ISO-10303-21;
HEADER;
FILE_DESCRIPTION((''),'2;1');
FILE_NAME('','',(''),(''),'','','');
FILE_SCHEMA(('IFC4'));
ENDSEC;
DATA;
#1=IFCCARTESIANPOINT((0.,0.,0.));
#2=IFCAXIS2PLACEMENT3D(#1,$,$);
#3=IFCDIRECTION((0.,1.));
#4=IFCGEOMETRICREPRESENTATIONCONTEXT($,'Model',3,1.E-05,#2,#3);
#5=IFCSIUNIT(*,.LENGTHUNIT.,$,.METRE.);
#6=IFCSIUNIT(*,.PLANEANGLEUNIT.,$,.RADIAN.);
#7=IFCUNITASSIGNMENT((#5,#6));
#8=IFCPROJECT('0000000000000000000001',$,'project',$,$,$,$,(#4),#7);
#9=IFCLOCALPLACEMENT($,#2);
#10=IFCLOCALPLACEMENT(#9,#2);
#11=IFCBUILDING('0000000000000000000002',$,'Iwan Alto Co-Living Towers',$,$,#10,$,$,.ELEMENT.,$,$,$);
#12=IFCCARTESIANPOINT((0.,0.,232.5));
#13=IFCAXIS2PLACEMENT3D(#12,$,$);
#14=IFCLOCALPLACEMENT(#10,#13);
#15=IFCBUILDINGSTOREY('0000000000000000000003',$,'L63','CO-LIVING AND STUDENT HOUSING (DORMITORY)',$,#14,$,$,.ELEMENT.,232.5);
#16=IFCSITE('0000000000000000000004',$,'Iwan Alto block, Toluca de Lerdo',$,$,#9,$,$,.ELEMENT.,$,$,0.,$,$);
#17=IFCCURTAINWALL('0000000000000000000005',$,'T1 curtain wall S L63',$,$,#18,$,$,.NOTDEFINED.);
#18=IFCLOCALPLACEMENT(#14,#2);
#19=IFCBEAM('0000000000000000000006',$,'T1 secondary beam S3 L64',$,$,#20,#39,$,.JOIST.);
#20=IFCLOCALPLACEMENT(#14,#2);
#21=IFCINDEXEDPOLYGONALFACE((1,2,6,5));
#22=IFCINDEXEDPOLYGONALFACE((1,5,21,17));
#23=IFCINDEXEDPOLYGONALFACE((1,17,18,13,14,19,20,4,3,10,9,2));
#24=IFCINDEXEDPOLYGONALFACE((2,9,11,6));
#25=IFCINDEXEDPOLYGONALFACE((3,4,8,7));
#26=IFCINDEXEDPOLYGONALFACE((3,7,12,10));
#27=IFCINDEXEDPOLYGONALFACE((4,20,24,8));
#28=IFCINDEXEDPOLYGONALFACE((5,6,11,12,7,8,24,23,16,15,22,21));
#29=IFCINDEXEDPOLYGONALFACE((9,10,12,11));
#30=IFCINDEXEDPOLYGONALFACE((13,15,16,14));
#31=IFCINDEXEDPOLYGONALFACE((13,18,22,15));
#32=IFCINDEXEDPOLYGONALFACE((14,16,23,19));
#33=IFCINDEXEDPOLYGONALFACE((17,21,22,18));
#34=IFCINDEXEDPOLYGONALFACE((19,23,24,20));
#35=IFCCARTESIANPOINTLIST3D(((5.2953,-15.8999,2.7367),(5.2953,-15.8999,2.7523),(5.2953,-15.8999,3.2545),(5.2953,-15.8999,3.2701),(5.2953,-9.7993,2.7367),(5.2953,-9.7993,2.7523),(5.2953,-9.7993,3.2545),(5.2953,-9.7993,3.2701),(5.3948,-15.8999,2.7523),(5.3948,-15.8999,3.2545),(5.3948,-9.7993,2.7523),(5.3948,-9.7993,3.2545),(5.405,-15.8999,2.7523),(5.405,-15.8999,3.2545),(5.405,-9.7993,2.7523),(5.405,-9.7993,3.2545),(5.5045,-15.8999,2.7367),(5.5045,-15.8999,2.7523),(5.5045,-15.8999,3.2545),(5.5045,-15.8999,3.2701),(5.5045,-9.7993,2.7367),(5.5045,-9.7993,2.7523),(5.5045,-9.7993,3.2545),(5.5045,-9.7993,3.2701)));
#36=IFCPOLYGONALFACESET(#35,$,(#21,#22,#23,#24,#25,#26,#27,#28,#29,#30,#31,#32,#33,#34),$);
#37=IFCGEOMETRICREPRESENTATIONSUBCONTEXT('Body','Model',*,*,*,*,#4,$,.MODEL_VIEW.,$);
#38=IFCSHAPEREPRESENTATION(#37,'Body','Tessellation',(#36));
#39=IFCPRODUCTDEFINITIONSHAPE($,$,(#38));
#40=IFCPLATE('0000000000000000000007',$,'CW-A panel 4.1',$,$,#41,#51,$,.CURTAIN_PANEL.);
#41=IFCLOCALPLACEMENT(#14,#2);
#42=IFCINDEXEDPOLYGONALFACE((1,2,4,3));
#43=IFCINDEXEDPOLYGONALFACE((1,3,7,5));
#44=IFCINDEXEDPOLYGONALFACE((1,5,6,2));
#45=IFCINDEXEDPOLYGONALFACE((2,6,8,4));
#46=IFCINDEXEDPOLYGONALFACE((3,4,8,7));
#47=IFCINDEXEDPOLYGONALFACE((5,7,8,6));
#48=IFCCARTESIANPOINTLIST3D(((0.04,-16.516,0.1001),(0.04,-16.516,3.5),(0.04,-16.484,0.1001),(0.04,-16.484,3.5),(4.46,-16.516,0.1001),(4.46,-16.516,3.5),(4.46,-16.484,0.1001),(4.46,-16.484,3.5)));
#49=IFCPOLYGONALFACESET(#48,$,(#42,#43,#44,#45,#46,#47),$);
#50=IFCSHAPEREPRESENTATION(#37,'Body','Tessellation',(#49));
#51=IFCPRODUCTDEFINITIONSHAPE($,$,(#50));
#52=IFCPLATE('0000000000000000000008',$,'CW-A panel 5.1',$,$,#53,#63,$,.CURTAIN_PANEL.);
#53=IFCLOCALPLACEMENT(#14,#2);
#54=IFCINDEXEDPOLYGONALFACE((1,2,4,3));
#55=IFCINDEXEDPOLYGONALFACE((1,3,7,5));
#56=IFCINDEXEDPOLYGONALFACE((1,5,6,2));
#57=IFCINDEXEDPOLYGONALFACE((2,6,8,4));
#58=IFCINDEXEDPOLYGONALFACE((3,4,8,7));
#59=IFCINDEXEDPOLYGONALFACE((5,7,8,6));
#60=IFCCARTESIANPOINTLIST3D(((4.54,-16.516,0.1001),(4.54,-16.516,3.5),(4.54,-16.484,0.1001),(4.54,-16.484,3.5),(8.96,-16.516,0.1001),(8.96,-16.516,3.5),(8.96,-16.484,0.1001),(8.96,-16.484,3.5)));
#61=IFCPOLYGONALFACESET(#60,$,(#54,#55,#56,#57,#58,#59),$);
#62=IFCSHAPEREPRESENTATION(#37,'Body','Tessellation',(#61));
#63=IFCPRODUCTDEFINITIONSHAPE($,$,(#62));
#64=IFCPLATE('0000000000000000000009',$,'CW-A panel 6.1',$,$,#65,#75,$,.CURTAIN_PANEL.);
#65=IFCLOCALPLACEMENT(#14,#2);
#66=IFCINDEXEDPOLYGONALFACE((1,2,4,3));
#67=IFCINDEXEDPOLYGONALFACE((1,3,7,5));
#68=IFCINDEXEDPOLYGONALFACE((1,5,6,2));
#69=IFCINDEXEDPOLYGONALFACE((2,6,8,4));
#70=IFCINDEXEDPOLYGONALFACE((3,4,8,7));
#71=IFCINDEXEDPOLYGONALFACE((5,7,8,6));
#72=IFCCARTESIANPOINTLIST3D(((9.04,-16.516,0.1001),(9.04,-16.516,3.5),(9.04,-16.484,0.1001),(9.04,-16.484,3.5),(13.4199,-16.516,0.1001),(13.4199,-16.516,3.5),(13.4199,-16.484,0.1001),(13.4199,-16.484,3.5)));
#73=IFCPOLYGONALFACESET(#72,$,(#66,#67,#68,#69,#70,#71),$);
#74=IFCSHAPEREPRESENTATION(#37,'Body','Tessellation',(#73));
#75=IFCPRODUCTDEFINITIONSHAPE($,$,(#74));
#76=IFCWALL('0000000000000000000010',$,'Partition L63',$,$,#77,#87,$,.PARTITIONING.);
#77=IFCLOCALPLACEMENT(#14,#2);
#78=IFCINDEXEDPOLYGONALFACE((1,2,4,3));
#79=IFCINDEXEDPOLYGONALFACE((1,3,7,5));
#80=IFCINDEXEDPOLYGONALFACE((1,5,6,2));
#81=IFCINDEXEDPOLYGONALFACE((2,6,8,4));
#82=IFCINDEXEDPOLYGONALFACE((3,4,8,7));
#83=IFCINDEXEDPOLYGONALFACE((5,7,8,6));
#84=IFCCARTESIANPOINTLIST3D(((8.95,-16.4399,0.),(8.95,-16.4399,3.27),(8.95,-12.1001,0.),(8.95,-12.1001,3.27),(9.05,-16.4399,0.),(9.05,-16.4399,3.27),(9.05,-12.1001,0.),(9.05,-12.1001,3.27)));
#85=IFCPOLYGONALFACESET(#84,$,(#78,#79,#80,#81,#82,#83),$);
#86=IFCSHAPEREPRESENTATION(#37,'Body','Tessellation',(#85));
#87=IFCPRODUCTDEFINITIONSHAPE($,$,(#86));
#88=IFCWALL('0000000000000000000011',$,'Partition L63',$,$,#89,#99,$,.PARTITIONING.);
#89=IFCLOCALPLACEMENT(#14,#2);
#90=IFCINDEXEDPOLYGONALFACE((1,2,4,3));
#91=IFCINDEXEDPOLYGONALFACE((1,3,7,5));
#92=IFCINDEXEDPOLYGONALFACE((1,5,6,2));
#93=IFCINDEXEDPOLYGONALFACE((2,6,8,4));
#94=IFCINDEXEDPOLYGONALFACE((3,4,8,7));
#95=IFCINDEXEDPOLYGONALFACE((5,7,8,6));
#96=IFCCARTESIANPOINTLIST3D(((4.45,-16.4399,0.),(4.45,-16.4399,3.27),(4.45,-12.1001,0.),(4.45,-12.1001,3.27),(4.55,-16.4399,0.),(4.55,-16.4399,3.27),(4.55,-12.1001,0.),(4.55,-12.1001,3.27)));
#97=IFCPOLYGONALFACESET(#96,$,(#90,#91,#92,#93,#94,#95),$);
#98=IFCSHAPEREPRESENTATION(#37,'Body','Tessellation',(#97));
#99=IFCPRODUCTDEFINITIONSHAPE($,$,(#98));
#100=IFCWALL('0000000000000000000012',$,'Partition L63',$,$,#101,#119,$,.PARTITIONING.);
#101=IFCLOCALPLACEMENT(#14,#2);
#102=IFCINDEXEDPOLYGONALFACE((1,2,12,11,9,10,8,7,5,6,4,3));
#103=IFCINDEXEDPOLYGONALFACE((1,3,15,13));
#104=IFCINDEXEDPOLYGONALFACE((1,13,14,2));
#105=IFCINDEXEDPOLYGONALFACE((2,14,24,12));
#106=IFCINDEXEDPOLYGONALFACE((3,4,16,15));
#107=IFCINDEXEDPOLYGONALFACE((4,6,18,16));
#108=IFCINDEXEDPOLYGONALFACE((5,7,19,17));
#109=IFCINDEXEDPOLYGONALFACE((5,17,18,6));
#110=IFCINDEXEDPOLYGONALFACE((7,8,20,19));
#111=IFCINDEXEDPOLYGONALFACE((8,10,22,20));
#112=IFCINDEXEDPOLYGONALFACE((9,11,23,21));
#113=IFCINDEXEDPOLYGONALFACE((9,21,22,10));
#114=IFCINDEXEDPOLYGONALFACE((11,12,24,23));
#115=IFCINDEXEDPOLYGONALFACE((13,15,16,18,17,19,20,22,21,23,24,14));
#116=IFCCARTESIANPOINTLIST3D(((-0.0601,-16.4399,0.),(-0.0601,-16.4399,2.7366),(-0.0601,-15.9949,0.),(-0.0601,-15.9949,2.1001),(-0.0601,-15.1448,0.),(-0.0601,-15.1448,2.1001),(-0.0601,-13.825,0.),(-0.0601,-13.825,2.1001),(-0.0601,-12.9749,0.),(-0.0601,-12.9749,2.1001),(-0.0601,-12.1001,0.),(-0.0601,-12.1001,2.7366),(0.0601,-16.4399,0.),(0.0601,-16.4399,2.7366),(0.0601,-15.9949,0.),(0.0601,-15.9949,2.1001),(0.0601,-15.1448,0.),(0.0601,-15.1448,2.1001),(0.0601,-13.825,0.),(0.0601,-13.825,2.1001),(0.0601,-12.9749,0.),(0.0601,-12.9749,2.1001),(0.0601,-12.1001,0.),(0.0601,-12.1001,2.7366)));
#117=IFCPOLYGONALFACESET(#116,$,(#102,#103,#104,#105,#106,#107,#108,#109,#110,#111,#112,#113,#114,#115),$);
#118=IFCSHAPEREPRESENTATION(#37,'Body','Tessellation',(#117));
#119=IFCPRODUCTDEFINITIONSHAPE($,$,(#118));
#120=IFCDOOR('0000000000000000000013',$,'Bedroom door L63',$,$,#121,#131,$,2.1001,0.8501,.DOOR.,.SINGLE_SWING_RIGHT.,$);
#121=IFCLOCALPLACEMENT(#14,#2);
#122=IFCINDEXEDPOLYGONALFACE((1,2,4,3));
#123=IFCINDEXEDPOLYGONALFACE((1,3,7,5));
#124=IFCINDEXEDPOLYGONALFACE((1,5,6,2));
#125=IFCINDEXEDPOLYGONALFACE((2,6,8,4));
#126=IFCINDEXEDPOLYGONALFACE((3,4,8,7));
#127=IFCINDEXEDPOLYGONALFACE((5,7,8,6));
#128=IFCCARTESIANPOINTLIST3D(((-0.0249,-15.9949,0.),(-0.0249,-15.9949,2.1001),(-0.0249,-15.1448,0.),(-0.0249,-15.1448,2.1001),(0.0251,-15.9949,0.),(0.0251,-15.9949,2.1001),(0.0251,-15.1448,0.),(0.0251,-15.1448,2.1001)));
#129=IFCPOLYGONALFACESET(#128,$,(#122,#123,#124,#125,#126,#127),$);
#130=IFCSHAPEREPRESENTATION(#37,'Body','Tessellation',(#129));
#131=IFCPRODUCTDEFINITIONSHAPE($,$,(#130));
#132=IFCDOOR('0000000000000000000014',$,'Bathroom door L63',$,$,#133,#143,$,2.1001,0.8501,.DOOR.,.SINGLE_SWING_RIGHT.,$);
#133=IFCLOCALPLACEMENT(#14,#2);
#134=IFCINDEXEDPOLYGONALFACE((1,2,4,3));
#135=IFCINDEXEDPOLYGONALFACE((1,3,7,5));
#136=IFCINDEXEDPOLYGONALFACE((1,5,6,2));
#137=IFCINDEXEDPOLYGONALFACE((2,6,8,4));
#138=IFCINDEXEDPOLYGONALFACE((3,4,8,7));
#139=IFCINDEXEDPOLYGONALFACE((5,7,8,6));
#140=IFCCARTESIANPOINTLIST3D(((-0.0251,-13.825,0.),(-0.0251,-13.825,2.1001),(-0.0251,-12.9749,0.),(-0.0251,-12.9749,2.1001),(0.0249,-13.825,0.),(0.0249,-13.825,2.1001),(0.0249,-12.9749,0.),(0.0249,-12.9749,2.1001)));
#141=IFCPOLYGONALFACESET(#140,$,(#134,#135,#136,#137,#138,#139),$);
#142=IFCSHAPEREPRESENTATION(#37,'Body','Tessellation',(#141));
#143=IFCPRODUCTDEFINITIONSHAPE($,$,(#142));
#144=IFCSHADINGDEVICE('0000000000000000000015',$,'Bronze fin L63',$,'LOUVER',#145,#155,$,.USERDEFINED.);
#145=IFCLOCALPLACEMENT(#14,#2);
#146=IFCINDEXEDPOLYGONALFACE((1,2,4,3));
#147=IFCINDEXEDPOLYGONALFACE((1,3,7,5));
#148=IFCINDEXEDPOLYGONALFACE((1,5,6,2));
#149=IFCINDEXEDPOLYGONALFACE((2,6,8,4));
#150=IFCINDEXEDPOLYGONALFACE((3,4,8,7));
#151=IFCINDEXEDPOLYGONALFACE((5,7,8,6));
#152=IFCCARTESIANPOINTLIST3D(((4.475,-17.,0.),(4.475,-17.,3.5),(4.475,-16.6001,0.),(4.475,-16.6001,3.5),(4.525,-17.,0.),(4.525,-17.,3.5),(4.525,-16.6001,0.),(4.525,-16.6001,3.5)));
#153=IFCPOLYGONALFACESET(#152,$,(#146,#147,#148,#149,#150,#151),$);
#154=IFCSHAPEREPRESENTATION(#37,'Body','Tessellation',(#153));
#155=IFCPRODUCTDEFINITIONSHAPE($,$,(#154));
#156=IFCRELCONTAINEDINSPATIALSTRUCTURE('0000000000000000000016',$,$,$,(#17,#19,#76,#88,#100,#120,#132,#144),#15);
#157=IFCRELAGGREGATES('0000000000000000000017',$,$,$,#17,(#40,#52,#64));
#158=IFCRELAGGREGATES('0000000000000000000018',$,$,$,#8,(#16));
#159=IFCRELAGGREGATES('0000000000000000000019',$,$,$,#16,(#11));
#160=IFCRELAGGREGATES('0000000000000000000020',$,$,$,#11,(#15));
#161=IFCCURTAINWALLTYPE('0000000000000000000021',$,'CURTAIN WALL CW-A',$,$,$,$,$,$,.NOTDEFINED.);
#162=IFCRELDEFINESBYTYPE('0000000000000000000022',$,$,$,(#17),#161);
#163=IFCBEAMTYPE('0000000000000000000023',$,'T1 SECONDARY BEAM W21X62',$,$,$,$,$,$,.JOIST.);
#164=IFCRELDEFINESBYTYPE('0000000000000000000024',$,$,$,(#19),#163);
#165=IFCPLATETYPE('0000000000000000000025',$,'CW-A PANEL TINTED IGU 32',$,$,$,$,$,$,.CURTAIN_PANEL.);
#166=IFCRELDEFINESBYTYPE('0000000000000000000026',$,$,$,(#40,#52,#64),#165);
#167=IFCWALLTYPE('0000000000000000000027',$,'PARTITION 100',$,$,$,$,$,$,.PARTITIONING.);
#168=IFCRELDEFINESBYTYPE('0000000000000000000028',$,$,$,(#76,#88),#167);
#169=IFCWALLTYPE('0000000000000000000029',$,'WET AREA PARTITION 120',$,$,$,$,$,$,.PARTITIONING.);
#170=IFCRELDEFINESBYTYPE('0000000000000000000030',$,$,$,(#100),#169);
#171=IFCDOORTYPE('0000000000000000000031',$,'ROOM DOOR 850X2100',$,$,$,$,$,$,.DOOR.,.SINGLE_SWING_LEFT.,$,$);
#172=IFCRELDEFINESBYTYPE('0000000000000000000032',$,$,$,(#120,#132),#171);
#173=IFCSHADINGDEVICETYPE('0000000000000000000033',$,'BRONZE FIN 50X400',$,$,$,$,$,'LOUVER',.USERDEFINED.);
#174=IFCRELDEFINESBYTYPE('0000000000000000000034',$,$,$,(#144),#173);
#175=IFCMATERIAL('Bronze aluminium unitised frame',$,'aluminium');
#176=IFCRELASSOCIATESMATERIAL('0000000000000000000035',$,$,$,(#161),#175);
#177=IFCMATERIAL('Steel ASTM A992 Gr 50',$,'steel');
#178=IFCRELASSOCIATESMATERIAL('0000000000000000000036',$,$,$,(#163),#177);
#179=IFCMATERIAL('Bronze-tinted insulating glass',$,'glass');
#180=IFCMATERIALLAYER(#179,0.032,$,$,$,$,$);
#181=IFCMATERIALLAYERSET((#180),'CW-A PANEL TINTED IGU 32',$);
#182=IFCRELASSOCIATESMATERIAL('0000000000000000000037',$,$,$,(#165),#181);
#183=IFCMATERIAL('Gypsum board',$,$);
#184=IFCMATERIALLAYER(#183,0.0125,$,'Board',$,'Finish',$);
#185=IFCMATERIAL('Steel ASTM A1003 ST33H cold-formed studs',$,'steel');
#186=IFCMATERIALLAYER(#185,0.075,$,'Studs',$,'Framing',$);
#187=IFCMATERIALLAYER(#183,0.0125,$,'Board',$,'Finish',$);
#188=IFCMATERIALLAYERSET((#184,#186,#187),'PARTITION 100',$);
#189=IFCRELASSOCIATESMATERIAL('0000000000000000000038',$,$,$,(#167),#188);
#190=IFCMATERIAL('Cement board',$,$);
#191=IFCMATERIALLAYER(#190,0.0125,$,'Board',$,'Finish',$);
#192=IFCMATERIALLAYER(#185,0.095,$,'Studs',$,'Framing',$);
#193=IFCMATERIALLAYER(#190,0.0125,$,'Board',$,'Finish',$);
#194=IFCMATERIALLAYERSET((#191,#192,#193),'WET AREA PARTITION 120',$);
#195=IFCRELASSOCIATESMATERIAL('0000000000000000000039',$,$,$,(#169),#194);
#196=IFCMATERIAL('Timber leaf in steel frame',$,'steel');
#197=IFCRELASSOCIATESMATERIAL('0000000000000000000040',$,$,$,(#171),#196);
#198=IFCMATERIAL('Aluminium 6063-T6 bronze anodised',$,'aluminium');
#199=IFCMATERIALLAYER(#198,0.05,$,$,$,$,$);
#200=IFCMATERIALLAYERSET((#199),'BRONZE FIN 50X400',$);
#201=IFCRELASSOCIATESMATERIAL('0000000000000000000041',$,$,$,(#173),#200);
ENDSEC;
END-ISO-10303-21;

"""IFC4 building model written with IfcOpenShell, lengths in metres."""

from ifc_helpers import new_model, si_unit, direction, frame, frame_2d, origin, origin_2d, place, context, subcontext, project, spatial, rectangle, i_section, extrude, material, layer, layer_set, material_profile, profile_set, type_object, element, fill, aggregate, save


model = new_model("IFC4")

# Units and contexts
model_context = context("Model", 3, precision=1e-05, world=origin(), true_north=direction((0.0, 1.0)))
body_context = subcontext(model_context, "Body", "Model", "MODEL_VIEW")
ifc_project = project(units=[si_unit("LENGTHUNIT", "METRE"), si_unit("PLANEANGLEUNIT", "RADIAN")], contexts=[model_context])

# Site, building, storey
site_placement = place(None, origin())
site = spatial("IfcSite", under=ifc_project, at=site_placement, Name="Iwan Alto block, Toluca de Lerdo", CompositionType="ELEMENT", RefElevation=0.0)
building_placement = place(site_placement, origin())
building = spatial("IfcBuilding", under=site, at=building_placement, Name="Iwan Alto Co-Living Towers", CompositionType="ELEMENT")
storey_placement = place(building_placement, frame((0.0, 0.0, 232.5)))
storey = spatial("IfcBuildingStorey", under=building, at=storey_placement, Name="L63", Description="CO-LIVING AND STUDENT HOUSING (DORMITORY)", CompositionType="ELEMENT", Elevation=232.5)

# Curtain wall
ifc_material_1 = material(Name="Bronze aluminium unitised frame", Category="aluminium")
curtain_wall_type = type_object("IfcCurtainWallType", Name="CURTAIN WALL CW-A", PredefinedType="NOTDEFINED", material=ifc_material_1)
curtain_wall_placement = place(storey_placement, origin())
curtain_wall = element("IfcCurtainWall", 1, at=curtain_wall_placement, inside=storey, type_object=curtain_wall_type, Name="T1 curtain wall S L63", PredefinedType="NOTDEFINED")

# Beam
ifc_material_2 = material(Name="Steel ASTM A992 Gr 50", Category="steel")
ifc_material_profile_1 = material_profile(ifc_material_2, i_section(OverallWidth=0.2092, OverallDepth=0.5334, WebThickness=0.0103, FlangeThickness=0.0156, at=origin_2d()), Name="W21X62")
ifc_profile_set_1 = profile_set([ifc_material_profile_1], Name="Steel ASTM A992 Gr 50")
beam_type_1 = type_object("IfcBeamType", Name="T1 SECONDARY BEAM W21X62", PredefinedType="JOIST", material=ifc_profile_set_1)
for number, where, z_axis, x_axis, name in (
    (2, (5.3999, -15.8999, 3.0034), (0.0, 1.0, 0.0), (-1.0, 0.0, 0.0), "T1 secondary beam S3 L64"),
):
    element("IfcBeam", number, at=place(storey_placement, frame(where, z_axis=z_axis, x_axis=x_axis)), inside=storey, type_object=beam_type_1, Name=name, PredefinedType="JOIST", context=body_context, shape_type="SweptSolid", body=[
        extrude(i_section(OverallWidth=0.2092, OverallDepth=0.5334, WebThickness=0.0103, FlangeThickness=0.0156, at=origin_2d()), origin(), (0.0, 0.0, 1.0), 6.1006),
    ])

# Plates
ifc_material_3 = material(Name="Bronze-tinted insulating glass", Category="glass")
ifc_layer_1 = layer(ifc_material_3, 0.032)
ifc_layer_set_1 = layer_set([ifc_layer_1], Name="CW-A PANEL TINTED IGU 32")
plate_type = type_object("IfcPlateType", Name="CW-A PANEL TINTED IGU 32", PredefinedType="CURTAIN_PANEL", material=ifc_layer_set_1)
plate_1_placement = place(storey_placement, frame((2.25, -16.5, 0.1001), z_axis=(0.0, 0.0, 1.0), x_axis=(1.0, 0.0, 0.0)))
plate_1 = element("IfcPlate", 3, at=plate_1_placement, type_object=plate_type, Name="CW-A panel 4.1", PredefinedType="CURTAIN_PANEL", context=body_context, shape_type="SweptSolid", body=[
    extrude(rectangle(XDim=4.4199, YDim=0.032, at=origin_2d()), origin(), (0.0, 0.0, 1.0), 3.3999),
])
plate_2_placement = place(storey_placement, frame((6.75, -16.5, 0.1001), z_axis=(0.0, 0.0, 1.0), x_axis=(1.0, 0.0, 0.0)))
plate_2 = element("IfcPlate", 4, at=plate_2_placement, type_object=plate_type, Name="CW-A panel 5.1", PredefinedType="CURTAIN_PANEL", context=body_context, shape_type="SweptSolid", body=[
    extrude(rectangle(XDim=4.4199, YDim=0.032, at=origin_2d()), origin(), (0.0, 0.0, 1.0), 3.3999),
])
plate_3_placement = place(storey_placement, frame((11.23, -16.5, 0.1001), z_axis=(0.0, 0.0, 1.0), x_axis=(1.0, 0.0, 0.0)))
plate_3 = element("IfcPlate", 5, at=plate_3_placement, type_object=plate_type, Name="CW-A panel 6.1", PredefinedType="CURTAIN_PANEL", context=body_context, shape_type="SweptSolid", body=[
    extrude(rectangle(XDim=4.3799, YDim=0.032, at=origin_2d()), origin(), (0.0, 0.0, 1.0), 3.3999),
])
aggregate(curtain_wall, [plate_1, plate_2, plate_3])

# Walls
ifc_material_4 = material(Name="Gypsum board")
ifc_layer_2 = layer(ifc_material_4, 0.0125, Name="Board", Category="Finish")
ifc_material_5 = material(Name="Steel ASTM A1003 ST33H cold-formed studs", Category="steel")
ifc_layer_3 = layer(ifc_material_5, 0.075, Name="Studs", Category="Framing")
ifc_layer_4 = layer(ifc_material_4, 0.0125, Name="Board", Category="Finish")
ifc_layer_set_2 = layer_set([ifc_layer_2, ifc_layer_3, ifc_layer_4], Name="PARTITION 100")
wall_type_1 = type_object("IfcWallType", Name="PARTITION 100", PredefinedType="PARTITIONING", material=ifc_layer_set_2)
for number, where, z_axis, x_axis, name in (
    (6, (9.0, -16.4399, 0.0), (0.0, 0.0, 1.0), (0.0, 1.0, 0.0), "Partition L63"),
    (7, (4.5, -16.4399, 0.0), (0.0, 0.0, 1.0), (0.0, 1.0, 0.0), "Partition L63"),
):
    element("IfcWall", number, at=place(storey_placement, frame(where, z_axis=z_axis, x_axis=x_axis)), inside=storey, type_object=wall_type_1, Name=name, PredefinedType="PARTITIONING", context=body_context, shape_type="SweptSolid", body=[
        extrude(rectangle(XDim=4.3398, YDim=0.1001, at=frame_2d((2.1699, 0.0))), origin(), (0.0, 0.0, 1.0), 3.27),
    ])

# Wall, openings, doors
ifc_material_6 = material(Name="Cement board")
ifc_layer_5 = layer(ifc_material_6, 0.0125, Name="Board", Category="Finish")
ifc_layer_6 = layer(ifc_material_5, 0.095, Name="Studs", Category="Framing")
ifc_layer_7 = layer(ifc_material_6, 0.0125, Name="Board", Category="Finish")
ifc_layer_set_3 = layer_set([ifc_layer_5, ifc_layer_6, ifc_layer_7], Name="WET AREA PARTITION 120")
wall_type_2 = type_object("IfcWallType", Name="WET AREA PARTITION 120", PredefinedType="PARTITIONING", material=ifc_layer_set_3)
wall_placement = place(storey_placement, frame((0.0, -16.4399, 0.0), z_axis=(0.0, 0.0, 1.0), x_axis=(0.0, 1.0, 0.0)))
wall = element("IfcWall", 8, at=wall_placement, inside=storey, type_object=wall_type_2, Name="Partition L63", PredefinedType="PARTITIONING", context=body_context, shape_type="SweptSolid", body=[
    extrude(rectangle(XDim=4.3398, YDim=0.1201, at=frame_2d((2.1699, 0.0))), origin(), (0.0, 0.0, 1.0), 2.7366),
])
opening_1_placement = place(wall_placement, frame((0.4451, 0.0, 0.0)))
opening_1 = element("IfcOpeningElement", 9, at=opening_1_placement, cuts=wall, PredefinedType="OPENING", context=body_context, shape_type="SweptSolid", body=[
    extrude(rectangle(XDim=0.8501, YDim=2.1001, at=frame_2d((0.425, 1.05))), frame((0.0, 0.0701, 0.0), z_axis=(0.0, -1.0, 0.0), x_axis=(1.0, 0.0, 0.0)), (0.0, 0.0, 1.0), 0.1401),
])
opening_2_placement = place(wall_placement, frame((2.615, 0.0, 0.0)))
opening_2 = element("IfcOpeningElement", 10, at=opening_2_placement, cuts=wall, PredefinedType="OPENING", context=body_context, shape_type="SweptSolid", body=[
    extrude(rectangle(XDim=0.8501, YDim=2.1001, at=frame_2d((0.425, 1.05))), frame((0.0, 0.0701, 0.0), z_axis=(0.0, -1.0, 0.0), x_axis=(1.0, 0.0, 0.0)), (0.0, 0.0, 1.0), 0.1401),
])
ifc_material_7 = material(Name="Timber leaf in steel frame", Category="steel")
door_type = type_object("IfcDoorType", Name="ROOM DOOR 850X2100", OperationType="SINGLE_SWING_LEFT", PredefinedType="DOOR", material=ifc_material_7)
door_1_placement = place(opening_1_placement, origin())
door_1 = element("IfcDoor", 11, at=door_1_placement, inside=storey, type_object=door_type, Name="Bedroom door L63", OperationType="SINGLE_SWING_RIGHT", OverallHeight=2.1001, OverallWidth=0.8501, PredefinedType="DOOR", context=body_context, shape_type="SweptSolid", body=[
    extrude(rectangle(XDim=0.8501, YDim=2.1001, at=frame_2d((0.425, 1.05))), frame((0.0, 0.0249, 0.0), z_axis=(0.0, -1.0, 0.0), x_axis=(1.0, 0.0, 0.0)), (0.0, 0.0, 1.0), 0.05),
])
fill(opening_1, door_1)
door_2_placement = place(opening_2_placement, frame((0.8501, 0.0, 0.0), z_axis=(0.0, 0.0, 1.0), x_axis=(-1.0, 0.0, 0.0)))
door_2 = element("IfcDoor", 12, at=door_2_placement, inside=storey, type_object=door_type, Name="Bathroom door L63", OperationType="SINGLE_SWING_RIGHT", OverallHeight=2.1001, OverallWidth=0.8501, PredefinedType="DOOR", context=body_context, shape_type="SweptSolid", body=[
    extrude(rectangle(XDim=0.8501, YDim=2.1001, at=frame_2d((0.425, 1.05))), frame((0.0, 0.0249, 0.0), z_axis=(0.0, -1.0, 0.0), x_axis=(1.0, 0.0, 0.0)), (0.0, 0.0, 1.0), 0.05),
])
fill(opening_2, door_2)

# Shading device
ifc_material_8 = material(Name="Aluminium 6063-T6 bronze anodised", Category="aluminium")
ifc_layer_8 = layer(ifc_material_8, 0.05)
ifc_layer_set_4 = layer_set([ifc_layer_8], Name="BRONZE FIN 50X400")
shading_device_type = type_object("IfcShadingDeviceType", Name="BRONZE FIN 50X400", ElementType="LOUVER", PredefinedType="USERDEFINED", material=ifc_layer_set_4)
shading_device_placement = place(storey_placement, frame((4.5, -16.8, 0.0), z_axis=(0.0, 0.0, 1.0), x_axis=(1.0, 0.0, 0.0)))
element("IfcShadingDevice", 13, at=shading_device_placement, inside=storey, type_object=shading_device_type, Name="Bronze fin L63", ObjectType="LOUVER", PredefinedType="USERDEFINED", context=body_context, shape_type="SweptSolid", body=[
    extrude(rectangle(XDim=0.05, YDim=0.3999, at=origin_2d()), origin(), (0.0, 0.0, 1.0), 3.5),
])

save(model, "model.ifc")
